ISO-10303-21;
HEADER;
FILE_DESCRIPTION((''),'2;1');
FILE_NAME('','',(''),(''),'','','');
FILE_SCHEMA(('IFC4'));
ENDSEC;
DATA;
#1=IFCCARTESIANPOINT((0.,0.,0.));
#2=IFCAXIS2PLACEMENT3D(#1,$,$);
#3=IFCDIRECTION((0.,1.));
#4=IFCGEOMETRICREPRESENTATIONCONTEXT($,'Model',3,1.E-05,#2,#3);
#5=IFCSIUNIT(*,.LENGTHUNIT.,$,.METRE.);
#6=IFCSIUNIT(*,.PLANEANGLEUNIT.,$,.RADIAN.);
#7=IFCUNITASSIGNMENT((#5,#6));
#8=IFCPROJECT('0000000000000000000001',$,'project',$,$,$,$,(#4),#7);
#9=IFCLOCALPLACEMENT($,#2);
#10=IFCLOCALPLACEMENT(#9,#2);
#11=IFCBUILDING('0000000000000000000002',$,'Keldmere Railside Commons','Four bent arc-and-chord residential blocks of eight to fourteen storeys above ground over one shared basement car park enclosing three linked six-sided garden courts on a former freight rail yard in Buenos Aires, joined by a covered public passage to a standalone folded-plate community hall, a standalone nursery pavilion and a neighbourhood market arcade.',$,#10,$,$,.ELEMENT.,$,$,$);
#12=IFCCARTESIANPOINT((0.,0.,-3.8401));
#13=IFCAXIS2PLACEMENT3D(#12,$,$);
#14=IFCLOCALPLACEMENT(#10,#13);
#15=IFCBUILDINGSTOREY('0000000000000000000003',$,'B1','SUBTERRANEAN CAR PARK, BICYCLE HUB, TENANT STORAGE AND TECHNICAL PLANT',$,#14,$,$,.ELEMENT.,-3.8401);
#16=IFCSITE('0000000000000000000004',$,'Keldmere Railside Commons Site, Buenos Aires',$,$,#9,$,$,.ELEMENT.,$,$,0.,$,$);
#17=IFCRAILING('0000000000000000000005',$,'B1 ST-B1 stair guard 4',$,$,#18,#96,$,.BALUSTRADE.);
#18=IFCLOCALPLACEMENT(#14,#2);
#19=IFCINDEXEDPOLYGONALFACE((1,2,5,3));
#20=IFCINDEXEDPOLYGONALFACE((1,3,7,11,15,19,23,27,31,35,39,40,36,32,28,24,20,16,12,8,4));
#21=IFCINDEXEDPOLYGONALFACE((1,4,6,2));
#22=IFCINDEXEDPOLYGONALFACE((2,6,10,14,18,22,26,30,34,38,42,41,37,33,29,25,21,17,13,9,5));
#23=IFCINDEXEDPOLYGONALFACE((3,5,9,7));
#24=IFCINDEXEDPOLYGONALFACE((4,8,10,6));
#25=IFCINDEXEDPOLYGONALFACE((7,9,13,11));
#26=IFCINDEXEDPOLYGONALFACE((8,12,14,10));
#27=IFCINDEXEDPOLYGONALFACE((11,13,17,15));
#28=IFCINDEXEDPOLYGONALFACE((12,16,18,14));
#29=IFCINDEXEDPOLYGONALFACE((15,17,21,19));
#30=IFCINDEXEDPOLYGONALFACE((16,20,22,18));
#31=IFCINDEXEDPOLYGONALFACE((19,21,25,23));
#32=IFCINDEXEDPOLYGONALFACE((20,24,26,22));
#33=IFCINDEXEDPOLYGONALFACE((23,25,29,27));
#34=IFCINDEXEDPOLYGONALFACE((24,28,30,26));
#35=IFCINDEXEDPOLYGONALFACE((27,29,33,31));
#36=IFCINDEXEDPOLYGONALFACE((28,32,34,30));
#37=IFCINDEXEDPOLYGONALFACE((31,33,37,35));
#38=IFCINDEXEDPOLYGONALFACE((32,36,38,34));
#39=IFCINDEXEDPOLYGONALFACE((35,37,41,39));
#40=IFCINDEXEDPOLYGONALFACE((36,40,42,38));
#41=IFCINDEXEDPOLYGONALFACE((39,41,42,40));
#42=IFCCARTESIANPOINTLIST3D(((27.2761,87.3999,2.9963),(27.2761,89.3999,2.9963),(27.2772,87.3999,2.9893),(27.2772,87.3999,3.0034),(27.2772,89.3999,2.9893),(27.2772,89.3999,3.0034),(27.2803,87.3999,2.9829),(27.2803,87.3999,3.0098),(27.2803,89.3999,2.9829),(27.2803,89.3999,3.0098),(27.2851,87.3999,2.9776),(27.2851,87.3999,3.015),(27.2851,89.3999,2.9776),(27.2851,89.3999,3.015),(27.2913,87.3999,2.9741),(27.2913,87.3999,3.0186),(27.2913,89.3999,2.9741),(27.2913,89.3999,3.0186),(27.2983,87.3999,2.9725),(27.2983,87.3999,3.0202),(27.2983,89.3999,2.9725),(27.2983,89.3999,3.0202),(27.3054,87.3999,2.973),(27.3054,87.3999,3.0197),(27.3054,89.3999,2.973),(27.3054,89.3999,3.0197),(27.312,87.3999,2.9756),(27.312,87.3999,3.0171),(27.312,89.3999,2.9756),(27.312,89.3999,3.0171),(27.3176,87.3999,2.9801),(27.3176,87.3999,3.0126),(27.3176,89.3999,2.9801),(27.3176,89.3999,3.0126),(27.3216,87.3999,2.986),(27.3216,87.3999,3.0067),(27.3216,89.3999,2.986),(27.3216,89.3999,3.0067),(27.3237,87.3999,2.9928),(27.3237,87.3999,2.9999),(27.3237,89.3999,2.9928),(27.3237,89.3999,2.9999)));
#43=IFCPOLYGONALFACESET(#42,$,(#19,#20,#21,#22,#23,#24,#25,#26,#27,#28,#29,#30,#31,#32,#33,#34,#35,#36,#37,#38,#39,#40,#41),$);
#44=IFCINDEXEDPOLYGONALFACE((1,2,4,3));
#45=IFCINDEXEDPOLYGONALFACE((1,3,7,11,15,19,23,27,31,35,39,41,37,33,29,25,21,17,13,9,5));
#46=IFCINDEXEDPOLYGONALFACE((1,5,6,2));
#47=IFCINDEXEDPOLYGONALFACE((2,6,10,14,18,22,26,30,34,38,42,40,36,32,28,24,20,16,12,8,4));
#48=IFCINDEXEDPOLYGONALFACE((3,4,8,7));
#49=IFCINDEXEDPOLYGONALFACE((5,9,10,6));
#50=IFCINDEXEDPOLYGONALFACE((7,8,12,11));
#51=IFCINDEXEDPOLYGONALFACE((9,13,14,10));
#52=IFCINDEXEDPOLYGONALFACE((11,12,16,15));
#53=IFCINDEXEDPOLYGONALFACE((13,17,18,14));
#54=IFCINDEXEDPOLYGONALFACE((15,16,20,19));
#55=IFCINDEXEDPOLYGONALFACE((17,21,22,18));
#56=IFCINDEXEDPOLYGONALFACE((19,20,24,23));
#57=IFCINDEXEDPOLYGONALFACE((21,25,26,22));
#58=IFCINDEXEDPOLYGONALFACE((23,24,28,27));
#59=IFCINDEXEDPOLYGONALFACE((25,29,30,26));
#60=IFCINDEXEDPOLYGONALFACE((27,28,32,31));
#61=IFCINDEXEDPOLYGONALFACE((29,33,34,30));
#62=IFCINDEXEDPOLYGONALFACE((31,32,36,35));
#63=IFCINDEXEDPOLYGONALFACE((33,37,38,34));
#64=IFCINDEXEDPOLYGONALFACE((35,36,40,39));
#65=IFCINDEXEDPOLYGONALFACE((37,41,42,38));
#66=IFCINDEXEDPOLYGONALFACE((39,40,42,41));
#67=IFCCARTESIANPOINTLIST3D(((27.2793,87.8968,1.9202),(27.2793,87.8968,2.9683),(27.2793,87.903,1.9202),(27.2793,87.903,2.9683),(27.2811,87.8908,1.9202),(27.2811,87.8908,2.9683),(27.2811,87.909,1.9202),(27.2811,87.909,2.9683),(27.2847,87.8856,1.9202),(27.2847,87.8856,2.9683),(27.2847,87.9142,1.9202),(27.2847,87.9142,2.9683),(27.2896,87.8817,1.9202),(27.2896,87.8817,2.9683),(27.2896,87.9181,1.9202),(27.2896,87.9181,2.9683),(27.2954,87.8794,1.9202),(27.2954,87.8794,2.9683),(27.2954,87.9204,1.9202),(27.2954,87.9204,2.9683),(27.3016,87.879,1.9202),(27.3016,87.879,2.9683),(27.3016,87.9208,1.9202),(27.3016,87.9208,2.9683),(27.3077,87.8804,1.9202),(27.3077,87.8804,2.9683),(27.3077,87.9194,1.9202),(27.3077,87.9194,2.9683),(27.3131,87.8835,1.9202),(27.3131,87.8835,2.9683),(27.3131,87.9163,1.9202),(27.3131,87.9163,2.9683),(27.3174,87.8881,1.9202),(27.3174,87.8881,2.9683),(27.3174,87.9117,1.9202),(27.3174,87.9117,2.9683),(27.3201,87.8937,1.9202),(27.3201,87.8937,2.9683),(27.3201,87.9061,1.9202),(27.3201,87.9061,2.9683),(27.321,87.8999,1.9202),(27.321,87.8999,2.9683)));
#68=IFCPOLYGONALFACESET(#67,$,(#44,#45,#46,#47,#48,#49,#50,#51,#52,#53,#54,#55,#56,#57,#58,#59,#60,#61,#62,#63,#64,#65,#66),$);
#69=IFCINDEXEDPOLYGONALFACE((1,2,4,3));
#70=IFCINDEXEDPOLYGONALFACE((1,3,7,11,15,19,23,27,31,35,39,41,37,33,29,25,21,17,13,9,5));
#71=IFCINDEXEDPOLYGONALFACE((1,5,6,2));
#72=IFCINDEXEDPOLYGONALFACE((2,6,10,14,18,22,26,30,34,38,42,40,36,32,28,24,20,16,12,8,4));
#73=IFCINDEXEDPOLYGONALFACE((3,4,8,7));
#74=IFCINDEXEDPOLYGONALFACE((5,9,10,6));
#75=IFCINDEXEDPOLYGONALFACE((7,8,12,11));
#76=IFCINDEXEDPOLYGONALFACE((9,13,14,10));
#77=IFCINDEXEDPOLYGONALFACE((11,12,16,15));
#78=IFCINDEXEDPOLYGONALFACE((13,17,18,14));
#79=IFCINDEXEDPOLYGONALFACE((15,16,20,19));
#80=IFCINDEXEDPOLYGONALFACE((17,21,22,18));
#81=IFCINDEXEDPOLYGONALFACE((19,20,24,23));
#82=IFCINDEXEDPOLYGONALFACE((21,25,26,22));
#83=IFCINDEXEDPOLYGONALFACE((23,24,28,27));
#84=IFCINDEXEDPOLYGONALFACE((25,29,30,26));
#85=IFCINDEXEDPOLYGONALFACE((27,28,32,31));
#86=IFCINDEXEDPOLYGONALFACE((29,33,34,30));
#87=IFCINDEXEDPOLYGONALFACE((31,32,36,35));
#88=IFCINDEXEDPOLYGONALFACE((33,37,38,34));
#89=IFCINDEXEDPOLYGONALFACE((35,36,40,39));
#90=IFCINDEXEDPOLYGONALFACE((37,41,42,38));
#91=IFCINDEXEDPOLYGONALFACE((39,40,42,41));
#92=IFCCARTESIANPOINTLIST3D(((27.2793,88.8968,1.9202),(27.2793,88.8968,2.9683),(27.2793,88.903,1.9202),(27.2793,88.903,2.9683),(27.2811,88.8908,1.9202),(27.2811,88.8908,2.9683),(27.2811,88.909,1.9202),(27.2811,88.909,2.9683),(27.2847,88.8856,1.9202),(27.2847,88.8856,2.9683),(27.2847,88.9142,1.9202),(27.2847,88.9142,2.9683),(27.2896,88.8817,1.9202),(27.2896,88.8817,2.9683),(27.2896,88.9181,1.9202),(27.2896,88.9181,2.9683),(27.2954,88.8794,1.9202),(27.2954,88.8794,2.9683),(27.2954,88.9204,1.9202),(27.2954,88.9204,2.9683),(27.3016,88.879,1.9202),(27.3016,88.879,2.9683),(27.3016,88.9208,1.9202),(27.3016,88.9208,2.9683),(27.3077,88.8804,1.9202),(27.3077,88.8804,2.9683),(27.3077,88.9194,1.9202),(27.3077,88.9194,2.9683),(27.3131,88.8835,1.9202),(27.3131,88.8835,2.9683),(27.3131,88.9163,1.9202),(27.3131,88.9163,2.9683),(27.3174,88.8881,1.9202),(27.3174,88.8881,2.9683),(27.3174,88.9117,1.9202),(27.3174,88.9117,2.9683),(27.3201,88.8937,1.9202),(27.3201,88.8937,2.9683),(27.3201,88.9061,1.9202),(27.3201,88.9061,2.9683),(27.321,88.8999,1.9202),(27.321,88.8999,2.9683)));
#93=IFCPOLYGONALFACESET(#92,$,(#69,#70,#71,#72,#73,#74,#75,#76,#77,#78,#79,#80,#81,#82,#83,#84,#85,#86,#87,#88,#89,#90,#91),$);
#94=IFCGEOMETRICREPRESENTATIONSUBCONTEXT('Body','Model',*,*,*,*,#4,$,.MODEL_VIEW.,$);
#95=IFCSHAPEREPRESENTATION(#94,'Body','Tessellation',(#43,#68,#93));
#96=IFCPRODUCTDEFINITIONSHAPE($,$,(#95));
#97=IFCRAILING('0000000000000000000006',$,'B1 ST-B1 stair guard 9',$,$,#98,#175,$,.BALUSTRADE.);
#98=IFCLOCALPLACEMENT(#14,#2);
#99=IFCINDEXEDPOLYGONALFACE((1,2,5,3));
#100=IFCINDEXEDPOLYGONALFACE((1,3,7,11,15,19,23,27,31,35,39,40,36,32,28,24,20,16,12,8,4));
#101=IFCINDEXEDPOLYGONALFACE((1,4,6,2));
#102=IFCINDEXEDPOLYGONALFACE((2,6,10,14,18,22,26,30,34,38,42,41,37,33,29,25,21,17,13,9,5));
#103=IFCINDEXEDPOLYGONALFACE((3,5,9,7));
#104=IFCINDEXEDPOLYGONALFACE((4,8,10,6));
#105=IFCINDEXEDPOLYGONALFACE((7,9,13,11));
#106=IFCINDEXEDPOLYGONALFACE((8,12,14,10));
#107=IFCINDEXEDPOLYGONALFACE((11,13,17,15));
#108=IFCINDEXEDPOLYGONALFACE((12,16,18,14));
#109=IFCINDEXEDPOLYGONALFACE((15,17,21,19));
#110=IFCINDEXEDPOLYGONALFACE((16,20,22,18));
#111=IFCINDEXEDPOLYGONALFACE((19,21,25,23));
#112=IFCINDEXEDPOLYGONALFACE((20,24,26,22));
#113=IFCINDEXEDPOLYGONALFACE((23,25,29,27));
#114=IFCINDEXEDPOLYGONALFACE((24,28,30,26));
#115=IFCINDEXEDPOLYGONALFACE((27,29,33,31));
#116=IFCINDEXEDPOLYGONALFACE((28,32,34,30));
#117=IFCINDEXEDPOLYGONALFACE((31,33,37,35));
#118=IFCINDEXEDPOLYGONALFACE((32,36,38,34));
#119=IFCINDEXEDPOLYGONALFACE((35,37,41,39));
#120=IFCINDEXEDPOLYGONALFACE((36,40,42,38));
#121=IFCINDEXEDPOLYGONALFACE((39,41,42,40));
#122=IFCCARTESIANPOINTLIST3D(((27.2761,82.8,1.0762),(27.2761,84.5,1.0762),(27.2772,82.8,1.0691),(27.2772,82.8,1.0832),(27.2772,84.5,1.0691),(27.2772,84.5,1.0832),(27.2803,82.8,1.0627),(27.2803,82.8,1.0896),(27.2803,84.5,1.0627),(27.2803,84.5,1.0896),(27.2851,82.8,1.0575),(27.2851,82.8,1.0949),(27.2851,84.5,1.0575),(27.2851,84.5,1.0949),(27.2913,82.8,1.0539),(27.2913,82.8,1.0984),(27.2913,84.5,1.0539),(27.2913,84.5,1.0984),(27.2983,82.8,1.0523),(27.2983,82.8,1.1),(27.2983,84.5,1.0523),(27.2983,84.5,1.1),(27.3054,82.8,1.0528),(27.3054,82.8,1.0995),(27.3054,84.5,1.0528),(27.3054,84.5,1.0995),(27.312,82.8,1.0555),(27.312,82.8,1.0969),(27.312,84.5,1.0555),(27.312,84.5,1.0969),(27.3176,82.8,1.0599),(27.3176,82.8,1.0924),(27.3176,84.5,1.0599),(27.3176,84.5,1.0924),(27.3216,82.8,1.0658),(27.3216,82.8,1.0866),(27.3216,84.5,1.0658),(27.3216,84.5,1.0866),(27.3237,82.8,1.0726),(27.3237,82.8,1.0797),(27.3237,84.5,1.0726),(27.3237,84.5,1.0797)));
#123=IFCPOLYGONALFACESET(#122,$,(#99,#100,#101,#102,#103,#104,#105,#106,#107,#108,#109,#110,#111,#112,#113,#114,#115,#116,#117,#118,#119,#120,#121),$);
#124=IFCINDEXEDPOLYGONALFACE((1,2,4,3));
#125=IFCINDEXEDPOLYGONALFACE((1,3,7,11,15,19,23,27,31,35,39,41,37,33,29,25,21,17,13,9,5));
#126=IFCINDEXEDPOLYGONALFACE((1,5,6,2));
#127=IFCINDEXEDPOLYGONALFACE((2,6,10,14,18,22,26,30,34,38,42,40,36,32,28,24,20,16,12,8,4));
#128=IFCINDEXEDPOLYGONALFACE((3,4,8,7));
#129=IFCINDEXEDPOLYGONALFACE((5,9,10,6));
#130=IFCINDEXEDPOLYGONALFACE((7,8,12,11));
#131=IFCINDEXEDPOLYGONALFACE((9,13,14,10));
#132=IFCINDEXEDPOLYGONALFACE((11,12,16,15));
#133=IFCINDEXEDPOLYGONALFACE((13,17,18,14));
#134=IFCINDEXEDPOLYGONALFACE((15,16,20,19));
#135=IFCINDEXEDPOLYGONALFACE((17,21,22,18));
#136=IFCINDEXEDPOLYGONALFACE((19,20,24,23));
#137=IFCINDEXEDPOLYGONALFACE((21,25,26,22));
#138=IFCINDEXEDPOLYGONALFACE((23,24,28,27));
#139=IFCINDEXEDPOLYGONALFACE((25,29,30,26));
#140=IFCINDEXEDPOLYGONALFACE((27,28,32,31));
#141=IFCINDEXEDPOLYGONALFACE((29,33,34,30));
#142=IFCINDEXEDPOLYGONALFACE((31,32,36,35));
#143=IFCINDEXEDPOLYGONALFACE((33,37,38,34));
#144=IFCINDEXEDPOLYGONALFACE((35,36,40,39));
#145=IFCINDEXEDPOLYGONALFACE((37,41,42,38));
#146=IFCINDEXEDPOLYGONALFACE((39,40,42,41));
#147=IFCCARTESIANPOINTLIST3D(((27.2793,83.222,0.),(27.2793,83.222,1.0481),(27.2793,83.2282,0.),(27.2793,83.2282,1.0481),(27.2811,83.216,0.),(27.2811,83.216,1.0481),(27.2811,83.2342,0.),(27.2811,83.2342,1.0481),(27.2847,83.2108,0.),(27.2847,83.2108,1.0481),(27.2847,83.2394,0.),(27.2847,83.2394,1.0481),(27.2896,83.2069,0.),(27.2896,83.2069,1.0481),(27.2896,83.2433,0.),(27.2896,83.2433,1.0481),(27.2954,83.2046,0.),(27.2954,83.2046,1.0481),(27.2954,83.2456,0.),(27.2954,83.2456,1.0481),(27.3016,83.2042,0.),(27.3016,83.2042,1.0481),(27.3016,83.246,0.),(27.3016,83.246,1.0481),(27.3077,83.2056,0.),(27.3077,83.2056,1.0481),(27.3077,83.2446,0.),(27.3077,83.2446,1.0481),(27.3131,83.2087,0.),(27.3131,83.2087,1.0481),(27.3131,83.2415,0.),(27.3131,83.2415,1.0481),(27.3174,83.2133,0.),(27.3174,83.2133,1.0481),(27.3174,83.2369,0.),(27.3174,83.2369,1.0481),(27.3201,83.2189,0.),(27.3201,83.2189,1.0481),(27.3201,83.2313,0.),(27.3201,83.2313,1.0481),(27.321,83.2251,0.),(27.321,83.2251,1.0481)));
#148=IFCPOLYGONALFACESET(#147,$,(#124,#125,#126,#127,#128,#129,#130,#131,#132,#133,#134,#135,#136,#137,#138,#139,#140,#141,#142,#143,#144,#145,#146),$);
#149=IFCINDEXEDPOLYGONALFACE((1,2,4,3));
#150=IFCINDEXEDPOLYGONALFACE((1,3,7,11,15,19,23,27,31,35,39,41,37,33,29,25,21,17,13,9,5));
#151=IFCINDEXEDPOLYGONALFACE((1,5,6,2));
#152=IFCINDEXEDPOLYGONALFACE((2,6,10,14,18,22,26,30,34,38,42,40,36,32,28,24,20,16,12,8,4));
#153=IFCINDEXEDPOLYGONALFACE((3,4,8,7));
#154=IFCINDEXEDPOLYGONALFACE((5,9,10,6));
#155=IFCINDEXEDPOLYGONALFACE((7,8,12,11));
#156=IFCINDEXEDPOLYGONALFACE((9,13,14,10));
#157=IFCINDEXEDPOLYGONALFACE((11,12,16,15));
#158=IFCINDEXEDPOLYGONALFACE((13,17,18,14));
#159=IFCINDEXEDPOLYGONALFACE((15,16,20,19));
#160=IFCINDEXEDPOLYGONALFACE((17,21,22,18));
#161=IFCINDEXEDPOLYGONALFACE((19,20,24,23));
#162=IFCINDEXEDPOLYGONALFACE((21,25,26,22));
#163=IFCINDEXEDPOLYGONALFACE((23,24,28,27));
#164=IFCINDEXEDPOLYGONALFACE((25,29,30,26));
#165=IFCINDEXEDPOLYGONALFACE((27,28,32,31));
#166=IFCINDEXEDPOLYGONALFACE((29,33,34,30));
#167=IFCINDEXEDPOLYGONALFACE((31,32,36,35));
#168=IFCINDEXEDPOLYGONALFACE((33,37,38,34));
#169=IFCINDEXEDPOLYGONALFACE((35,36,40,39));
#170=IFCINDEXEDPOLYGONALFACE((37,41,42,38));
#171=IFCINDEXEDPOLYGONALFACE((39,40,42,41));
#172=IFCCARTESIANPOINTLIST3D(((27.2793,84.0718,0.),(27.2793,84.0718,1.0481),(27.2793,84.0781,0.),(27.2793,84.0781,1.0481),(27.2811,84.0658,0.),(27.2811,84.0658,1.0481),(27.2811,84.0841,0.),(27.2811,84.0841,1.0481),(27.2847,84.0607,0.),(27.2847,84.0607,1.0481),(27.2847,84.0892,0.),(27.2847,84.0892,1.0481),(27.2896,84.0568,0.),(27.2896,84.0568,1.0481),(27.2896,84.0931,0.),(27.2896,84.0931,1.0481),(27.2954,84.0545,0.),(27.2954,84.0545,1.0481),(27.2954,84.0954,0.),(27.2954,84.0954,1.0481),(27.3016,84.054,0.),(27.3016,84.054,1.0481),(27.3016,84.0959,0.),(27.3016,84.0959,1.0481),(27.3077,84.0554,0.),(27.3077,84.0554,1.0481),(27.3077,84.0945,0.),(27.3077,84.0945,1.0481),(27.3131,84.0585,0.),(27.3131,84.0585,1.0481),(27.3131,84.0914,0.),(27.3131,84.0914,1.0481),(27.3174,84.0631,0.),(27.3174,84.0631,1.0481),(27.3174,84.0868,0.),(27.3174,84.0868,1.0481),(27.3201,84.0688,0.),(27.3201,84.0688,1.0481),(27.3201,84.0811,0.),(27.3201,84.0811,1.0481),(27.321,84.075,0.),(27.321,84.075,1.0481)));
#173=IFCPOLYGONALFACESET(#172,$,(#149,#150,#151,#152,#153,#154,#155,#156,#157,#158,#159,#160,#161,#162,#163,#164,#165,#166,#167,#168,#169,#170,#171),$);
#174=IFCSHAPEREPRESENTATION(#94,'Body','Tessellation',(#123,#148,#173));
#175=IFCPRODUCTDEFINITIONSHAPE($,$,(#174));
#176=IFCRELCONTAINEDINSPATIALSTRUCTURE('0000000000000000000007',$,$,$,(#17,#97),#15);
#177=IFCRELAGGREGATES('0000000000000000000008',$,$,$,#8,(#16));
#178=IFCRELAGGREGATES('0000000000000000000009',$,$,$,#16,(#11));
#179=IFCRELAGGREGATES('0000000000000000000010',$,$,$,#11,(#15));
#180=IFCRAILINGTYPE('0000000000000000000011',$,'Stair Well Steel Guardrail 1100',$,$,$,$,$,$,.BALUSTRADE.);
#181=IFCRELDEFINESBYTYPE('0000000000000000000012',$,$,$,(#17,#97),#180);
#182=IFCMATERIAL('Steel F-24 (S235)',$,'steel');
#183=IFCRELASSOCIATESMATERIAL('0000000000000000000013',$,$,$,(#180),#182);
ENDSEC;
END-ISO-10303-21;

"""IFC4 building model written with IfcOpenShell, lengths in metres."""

from ifc_helpers import new_model, si_unit, direction, frame, origin, origin_2d, place, context, subcontext, project, spatial, circle, extrude, material, type_object, element, save


model = new_model("IFC4")

# Units and contexts
model_context = context("Model", 3, precision=1e-05, world=origin(), true_north=direction((0.0, 1.0)))
body_context = subcontext(model_context, "Body", "Model", "MODEL_VIEW")
ifc_project = project(units=[si_unit("LENGTHUNIT", "METRE"), si_unit("PLANEANGLEUNIT", "RADIAN")], contexts=[model_context])

# Site, building, storey
site_placement = place(None, origin())
site = spatial("IfcSite", under=ifc_project, at=site_placement, Name="Keldmere Railside Commons Site, Buenos Aires", CompositionType="ELEMENT", RefElevation=0.0)
building_placement = place(site_placement, origin())
building = spatial("IfcBuilding", under=site, at=building_placement, Name="Keldmere Railside Commons", Description="Four bent arc-and-chord residential blocks of eight to fourteen storeys above ground over one shared basement car park enclosing three linked six-sided garden courts on a former freight rail yard in Buenos Aires, joined by a covered public passage to a standalone folded-plate community hall, a standalone nursery pavilion and a neighbourhood market arcade.", CompositionType="ELEMENT")
storey_placement = place(building_placement, frame((0.0, 0.0, -3.8401)))
storey = spatial("IfcBuildingStorey", under=building, at=storey_placement, Name="B1", Description="SUBTERRANEAN CAR PARK, BICYCLE HUB, TENANT STORAGE AND TECHNICAL PLANT", CompositionType="ELEMENT", Elevation=-3.8401)

# Shared definitions
ifc_material_1 = material(Name="Steel F-24 (S235)", Category="steel")

# Railings
railing_type = type_object("IfcRailingType", Name="Stair Well Steel Guardrail 1100", PredefinedType="BALUSTRADE", material=ifc_material_1)
railing_1_placement = place(storey_placement, frame((27.3, 87.3999, 1.9202)))
element("IfcRailing", 1, at=railing_1_placement, inside=storey, type_object=railing_type, Name="B1 ST-B1 stair guard 4", PredefinedType="BALUSTRADE", context=body_context, shape_type="SweptSolid", body=[
    extrude(circle(Radius=0.0239, at=origin_2d()), frame((0.0, 0.0, 1.0762), z_axis=(0.0, 1.0, 0.0), x_axis=(-1.0, 0.0, 0.0)), (0.0, 0.0, 1.0), 2.0),
    extrude(circle(Radius=0.021, at=origin_2d()), frame((0.0, 0.5, 0.0)), (0.0, 0.0, 1.0), 1.0481),
    extrude(circle(Radius=0.021, at=origin_2d()), frame((0.0, 1.5, 0.0)), (0.0, 0.0, 1.0), 1.0481),
])
railing_2_placement = place(storey_placement, frame((27.3, 82.8, 0.0)))
element("IfcRailing", 2, at=railing_2_placement, inside=storey, type_object=railing_type, Name="B1 ST-B1 stair guard 9", PredefinedType="BALUSTRADE", context=body_context, shape_type="SweptSolid", body=[
    extrude(circle(Radius=0.0239, at=origin_2d()), frame((0.0, 0.0, 1.0762), z_axis=(0.0, 1.0, 0.0), x_axis=(-1.0, 0.0, 0.0)), (0.0, 0.0, 1.0), 1.7),
    extrude(circle(Radius=0.021, at=origin_2d()), frame((0.0, 0.425, 0.0)), (0.0, 0.0, 1.0), 1.0481),
    extrude(circle(Radius=0.021, at=origin_2d()), frame((0.0, 1.2749, 0.0)), (0.0, 0.0, 1.0), 1.0481),
])

save(model, "model.ifc")
